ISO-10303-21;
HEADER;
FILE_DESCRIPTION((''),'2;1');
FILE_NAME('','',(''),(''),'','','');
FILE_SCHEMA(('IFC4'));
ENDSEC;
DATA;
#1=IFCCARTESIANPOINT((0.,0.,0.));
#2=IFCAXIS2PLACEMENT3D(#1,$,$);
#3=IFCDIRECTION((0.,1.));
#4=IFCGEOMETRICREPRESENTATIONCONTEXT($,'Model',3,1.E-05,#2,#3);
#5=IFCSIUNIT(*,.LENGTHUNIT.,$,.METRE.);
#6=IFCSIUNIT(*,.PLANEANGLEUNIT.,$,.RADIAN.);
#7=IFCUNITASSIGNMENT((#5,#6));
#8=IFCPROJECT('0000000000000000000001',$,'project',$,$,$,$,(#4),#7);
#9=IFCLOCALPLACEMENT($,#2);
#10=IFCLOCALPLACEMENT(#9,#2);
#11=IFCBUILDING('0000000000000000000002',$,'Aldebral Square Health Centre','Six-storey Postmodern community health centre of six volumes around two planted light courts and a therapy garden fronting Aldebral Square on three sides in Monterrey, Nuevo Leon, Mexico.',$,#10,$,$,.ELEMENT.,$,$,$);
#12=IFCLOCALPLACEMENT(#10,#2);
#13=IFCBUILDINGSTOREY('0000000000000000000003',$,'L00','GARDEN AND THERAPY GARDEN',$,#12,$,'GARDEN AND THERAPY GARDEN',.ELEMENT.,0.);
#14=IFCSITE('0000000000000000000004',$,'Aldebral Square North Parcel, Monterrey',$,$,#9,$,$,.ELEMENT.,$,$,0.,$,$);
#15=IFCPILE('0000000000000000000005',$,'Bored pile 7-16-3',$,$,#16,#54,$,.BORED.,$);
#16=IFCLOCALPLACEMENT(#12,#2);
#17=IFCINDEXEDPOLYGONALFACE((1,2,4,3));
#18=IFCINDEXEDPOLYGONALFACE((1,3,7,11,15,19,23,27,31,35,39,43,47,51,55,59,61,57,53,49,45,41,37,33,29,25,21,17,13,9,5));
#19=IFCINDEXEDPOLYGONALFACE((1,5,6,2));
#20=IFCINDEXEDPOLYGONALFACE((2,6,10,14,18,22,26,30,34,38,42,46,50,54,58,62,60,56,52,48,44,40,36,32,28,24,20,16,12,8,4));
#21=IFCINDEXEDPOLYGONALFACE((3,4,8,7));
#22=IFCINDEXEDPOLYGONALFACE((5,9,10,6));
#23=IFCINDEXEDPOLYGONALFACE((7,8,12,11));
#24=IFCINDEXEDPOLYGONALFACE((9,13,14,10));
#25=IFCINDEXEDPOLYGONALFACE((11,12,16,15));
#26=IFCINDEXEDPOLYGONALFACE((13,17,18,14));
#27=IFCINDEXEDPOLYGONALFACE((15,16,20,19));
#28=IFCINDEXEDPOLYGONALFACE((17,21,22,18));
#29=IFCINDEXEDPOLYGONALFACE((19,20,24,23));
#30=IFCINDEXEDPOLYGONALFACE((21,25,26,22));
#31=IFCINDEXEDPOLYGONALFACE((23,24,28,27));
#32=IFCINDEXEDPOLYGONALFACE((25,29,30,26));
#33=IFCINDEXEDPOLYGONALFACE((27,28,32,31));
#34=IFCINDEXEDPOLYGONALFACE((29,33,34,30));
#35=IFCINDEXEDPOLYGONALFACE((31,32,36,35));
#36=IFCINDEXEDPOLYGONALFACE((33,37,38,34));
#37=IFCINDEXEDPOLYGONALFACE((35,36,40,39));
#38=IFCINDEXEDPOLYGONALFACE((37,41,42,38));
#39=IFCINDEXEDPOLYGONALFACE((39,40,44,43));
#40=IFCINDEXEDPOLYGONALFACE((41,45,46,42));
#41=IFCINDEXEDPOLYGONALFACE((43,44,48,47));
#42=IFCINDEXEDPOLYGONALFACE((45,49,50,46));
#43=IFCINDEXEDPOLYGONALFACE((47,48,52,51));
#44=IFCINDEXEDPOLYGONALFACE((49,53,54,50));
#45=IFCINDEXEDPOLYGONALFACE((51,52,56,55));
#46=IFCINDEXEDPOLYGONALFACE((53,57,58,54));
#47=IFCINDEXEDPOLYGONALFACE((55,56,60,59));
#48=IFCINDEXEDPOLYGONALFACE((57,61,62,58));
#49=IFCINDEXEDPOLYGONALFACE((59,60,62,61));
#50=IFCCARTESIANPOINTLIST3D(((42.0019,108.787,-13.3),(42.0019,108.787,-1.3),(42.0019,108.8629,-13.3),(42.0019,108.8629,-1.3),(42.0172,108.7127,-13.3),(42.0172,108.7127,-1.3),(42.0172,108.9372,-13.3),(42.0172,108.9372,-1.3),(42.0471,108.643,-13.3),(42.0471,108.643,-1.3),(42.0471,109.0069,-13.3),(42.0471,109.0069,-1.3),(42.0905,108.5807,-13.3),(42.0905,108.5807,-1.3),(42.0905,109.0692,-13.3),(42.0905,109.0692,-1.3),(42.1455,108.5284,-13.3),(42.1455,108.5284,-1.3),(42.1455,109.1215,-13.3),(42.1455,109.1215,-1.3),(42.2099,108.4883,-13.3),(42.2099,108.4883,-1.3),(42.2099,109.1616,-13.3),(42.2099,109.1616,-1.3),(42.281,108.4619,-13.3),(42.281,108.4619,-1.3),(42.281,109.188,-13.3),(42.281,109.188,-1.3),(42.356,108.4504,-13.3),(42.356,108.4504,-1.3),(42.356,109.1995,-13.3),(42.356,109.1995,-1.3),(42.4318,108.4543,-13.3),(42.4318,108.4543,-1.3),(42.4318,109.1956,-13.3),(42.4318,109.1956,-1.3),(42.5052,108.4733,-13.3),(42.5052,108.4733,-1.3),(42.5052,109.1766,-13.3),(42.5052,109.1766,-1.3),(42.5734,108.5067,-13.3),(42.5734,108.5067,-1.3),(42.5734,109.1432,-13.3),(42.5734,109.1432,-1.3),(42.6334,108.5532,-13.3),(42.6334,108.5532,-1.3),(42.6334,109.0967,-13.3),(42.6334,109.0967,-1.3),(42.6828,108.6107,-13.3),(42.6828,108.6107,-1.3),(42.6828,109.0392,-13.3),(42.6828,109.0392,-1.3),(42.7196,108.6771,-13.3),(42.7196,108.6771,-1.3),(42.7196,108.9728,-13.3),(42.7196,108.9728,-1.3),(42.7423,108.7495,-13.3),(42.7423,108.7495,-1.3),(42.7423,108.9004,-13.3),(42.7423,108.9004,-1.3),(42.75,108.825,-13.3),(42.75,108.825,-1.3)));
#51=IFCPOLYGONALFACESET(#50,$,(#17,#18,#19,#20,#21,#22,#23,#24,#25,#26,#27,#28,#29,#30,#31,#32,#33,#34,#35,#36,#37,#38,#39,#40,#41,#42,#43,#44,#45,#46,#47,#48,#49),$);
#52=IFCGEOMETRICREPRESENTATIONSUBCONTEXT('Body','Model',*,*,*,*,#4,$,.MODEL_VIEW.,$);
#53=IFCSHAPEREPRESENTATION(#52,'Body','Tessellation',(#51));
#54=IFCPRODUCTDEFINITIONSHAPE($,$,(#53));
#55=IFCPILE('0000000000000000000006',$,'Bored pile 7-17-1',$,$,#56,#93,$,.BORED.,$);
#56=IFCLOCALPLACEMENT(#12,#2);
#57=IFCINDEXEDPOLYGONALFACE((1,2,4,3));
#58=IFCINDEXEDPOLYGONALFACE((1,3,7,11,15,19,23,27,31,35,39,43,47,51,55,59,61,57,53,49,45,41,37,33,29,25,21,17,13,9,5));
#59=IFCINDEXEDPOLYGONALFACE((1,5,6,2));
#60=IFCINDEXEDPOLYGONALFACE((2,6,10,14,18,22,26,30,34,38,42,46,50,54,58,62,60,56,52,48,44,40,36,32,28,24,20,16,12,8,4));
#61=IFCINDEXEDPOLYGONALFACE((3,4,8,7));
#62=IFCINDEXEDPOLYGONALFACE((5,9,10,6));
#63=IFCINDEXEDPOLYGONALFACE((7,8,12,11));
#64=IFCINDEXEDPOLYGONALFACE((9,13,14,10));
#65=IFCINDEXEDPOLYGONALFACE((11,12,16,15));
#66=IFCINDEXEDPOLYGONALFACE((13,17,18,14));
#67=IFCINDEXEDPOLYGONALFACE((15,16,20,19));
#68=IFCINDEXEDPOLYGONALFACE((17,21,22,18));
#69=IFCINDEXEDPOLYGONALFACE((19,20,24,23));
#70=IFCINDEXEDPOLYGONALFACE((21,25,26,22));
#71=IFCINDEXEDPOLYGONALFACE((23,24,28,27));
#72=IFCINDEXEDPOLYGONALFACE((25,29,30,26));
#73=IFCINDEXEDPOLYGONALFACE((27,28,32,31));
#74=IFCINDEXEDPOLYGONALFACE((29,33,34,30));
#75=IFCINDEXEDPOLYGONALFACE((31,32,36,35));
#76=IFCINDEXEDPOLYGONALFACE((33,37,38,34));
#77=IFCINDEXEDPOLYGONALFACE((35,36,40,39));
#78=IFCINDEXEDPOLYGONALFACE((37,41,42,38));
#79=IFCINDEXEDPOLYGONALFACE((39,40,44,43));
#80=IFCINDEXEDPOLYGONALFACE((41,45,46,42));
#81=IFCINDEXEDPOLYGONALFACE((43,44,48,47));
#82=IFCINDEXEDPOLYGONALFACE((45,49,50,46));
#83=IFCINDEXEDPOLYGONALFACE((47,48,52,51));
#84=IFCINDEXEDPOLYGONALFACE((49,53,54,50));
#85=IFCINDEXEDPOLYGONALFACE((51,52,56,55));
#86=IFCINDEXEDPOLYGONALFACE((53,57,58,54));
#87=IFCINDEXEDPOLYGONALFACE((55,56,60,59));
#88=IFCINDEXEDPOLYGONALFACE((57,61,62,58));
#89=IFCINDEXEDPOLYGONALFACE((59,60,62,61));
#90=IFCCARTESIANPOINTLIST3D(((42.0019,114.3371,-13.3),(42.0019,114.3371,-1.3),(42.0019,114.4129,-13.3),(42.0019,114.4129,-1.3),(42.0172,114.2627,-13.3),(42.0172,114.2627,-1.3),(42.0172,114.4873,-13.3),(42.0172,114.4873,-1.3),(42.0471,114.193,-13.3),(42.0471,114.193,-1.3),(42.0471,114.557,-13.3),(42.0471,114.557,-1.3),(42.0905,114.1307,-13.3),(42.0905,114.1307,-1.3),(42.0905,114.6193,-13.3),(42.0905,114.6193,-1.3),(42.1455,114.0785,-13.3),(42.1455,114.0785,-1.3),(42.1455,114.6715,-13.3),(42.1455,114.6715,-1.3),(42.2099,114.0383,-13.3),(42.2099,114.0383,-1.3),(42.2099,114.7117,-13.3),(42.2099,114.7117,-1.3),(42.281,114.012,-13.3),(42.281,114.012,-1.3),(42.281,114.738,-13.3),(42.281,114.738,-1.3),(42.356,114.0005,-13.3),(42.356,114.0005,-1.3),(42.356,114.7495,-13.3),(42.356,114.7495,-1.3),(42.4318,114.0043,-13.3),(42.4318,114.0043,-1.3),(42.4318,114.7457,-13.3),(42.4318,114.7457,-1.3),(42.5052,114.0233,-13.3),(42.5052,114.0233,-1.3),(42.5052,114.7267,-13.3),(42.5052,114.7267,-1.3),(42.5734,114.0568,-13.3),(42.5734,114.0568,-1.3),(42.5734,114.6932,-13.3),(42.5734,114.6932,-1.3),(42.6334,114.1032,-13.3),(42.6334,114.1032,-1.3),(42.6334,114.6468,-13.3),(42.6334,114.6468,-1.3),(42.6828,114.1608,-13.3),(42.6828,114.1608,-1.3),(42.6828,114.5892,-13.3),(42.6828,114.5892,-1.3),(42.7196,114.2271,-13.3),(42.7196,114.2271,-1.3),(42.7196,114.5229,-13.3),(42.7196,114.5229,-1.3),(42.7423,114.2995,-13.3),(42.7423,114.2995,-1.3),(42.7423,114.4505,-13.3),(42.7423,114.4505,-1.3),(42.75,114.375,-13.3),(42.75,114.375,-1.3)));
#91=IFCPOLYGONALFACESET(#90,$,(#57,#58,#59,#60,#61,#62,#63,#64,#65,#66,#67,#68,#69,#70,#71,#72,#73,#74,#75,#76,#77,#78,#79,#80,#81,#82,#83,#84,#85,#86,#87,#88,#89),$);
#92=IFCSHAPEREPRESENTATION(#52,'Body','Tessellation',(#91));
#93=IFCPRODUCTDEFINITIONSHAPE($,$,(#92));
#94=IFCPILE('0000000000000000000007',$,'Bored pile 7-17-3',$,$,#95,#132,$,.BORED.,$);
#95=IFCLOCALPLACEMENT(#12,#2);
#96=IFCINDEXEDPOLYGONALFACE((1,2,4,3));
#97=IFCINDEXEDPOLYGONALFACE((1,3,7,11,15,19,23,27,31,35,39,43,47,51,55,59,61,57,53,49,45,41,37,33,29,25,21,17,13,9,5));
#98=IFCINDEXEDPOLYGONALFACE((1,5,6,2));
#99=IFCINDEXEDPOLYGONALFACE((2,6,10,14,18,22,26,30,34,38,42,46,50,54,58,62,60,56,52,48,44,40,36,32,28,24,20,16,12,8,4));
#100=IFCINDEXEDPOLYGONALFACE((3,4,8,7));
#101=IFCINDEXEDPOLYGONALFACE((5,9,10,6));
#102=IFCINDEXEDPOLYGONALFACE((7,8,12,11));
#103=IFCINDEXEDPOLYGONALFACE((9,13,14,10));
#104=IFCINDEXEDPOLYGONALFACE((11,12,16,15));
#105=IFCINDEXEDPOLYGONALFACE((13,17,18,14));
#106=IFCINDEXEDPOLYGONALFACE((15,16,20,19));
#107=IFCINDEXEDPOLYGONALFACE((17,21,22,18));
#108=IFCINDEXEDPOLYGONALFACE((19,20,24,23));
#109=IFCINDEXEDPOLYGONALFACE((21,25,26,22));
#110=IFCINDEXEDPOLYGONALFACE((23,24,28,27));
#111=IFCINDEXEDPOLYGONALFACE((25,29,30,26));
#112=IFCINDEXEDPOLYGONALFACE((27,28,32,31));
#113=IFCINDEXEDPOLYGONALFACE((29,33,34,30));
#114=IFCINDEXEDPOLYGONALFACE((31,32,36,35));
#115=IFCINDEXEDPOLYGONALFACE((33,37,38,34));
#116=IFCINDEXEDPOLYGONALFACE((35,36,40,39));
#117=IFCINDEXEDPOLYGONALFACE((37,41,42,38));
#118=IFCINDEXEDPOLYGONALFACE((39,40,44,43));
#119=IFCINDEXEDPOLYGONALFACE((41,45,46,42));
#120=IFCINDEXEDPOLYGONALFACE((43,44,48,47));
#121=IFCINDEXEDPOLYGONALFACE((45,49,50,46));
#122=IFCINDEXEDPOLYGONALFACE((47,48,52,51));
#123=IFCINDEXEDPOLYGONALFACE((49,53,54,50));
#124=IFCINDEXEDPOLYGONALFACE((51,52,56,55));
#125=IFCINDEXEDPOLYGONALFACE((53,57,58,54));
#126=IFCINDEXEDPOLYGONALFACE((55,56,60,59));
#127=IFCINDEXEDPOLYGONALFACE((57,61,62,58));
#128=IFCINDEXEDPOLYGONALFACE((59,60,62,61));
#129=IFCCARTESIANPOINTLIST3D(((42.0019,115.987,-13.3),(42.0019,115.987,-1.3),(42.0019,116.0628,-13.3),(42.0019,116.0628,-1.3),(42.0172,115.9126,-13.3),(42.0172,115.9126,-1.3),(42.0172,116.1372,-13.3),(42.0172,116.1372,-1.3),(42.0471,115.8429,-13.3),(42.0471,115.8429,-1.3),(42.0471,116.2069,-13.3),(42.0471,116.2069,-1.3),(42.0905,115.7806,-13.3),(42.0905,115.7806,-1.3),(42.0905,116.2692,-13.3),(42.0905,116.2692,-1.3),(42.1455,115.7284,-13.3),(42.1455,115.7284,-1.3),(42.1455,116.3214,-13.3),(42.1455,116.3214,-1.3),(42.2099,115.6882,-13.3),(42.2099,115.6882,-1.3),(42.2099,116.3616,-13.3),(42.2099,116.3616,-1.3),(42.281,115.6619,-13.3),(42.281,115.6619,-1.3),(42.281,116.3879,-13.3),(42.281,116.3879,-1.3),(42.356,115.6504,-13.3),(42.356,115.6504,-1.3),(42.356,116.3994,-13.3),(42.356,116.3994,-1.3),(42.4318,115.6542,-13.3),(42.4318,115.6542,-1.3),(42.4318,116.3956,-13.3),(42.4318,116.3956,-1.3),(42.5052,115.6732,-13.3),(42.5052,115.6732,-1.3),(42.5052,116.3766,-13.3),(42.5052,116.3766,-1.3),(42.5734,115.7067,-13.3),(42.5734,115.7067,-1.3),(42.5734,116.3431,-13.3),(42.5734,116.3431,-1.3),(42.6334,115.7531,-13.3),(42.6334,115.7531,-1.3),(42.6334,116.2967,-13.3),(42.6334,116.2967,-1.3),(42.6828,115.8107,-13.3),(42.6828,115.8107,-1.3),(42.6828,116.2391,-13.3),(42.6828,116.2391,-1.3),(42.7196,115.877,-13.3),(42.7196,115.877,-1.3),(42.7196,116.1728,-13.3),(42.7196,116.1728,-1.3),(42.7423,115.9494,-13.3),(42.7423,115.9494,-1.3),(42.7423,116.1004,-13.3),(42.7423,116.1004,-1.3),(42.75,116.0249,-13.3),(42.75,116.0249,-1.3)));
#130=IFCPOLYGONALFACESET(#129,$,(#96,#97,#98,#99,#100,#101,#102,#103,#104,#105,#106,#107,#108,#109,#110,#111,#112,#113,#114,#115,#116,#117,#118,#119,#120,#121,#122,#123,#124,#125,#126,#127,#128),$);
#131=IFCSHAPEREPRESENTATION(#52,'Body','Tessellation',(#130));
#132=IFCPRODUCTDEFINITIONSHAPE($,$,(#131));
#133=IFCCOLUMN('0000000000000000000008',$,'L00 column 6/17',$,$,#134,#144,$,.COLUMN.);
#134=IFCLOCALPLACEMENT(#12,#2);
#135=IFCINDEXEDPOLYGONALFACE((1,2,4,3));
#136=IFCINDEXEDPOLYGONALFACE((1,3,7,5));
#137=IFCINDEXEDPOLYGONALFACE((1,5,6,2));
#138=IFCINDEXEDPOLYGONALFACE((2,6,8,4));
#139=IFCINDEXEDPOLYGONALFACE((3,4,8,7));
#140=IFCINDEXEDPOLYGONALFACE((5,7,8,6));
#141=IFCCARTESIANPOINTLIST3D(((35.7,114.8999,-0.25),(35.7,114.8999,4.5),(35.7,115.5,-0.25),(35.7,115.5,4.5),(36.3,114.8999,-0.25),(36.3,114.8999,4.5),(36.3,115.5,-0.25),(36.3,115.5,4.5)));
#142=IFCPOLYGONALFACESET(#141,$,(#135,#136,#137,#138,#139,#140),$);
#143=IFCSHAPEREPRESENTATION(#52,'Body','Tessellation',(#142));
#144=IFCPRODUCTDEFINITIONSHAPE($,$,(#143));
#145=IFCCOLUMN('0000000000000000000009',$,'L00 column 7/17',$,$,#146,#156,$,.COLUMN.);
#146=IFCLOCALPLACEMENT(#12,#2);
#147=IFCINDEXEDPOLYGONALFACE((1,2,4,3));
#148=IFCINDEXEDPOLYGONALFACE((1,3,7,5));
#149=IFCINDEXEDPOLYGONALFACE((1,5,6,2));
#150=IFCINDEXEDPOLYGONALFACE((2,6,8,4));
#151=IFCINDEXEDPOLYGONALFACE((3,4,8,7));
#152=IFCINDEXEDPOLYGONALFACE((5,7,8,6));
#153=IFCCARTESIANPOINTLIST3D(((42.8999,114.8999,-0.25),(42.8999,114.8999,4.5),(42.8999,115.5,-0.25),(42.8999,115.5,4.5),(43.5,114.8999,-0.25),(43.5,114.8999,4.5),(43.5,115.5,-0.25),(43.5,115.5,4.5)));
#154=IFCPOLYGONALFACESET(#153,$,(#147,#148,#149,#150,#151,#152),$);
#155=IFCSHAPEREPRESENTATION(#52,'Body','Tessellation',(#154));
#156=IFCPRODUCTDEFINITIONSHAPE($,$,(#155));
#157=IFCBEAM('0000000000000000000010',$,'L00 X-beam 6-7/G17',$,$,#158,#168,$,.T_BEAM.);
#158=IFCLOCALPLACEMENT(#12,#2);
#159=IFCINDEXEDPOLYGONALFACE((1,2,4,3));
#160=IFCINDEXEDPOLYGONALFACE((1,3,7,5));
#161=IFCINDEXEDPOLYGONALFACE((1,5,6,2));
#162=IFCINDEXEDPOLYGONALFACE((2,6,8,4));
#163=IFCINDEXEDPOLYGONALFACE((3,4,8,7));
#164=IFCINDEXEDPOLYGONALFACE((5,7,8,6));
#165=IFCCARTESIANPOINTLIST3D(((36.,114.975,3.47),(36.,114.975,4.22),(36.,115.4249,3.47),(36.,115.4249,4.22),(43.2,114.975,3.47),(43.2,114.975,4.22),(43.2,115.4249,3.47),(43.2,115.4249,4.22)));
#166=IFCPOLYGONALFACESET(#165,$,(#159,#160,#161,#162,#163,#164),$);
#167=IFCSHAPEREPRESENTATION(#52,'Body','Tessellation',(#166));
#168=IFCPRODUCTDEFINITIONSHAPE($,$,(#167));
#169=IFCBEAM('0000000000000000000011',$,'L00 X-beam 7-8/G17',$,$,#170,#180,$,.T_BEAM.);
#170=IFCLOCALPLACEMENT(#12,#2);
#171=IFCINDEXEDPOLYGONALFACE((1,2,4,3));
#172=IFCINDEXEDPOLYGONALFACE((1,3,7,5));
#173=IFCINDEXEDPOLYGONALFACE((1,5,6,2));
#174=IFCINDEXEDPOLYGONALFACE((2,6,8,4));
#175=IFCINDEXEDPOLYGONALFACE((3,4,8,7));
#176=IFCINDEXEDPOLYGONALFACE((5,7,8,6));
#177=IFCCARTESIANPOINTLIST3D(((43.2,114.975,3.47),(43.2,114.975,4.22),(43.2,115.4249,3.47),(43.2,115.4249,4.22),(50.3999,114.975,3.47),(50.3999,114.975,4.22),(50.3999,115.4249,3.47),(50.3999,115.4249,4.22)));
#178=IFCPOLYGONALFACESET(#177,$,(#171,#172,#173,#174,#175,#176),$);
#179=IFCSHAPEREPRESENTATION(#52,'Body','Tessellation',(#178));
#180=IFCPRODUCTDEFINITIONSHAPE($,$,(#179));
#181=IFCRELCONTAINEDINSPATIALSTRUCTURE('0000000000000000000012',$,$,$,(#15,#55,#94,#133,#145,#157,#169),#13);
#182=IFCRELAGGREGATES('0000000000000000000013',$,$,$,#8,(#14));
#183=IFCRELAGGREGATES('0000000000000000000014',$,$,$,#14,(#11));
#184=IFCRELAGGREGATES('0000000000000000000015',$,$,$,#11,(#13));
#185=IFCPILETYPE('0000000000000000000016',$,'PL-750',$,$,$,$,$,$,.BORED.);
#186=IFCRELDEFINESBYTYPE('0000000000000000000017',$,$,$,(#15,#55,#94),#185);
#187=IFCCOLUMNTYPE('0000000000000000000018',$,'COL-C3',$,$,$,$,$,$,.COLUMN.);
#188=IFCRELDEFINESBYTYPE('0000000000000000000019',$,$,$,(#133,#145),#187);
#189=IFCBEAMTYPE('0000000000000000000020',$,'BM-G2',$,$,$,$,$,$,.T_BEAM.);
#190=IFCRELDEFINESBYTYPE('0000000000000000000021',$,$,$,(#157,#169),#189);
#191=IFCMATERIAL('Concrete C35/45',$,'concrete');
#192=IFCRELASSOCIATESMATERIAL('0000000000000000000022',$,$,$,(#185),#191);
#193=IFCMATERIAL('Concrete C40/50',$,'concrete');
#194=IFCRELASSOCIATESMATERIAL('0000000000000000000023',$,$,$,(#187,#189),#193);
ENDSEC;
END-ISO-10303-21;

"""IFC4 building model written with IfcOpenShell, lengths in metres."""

from ifc_helpers import new_model, si_unit, direction, frame, origin, origin_2d, place, context, subcontext, project, spatial, rectangle, circle, extrude, material, material_profile, profile_set, type_object, element, save


model = new_model("IFC4")

# Units and contexts
model_context = context("Model", 3, precision=1e-05, world=origin(), true_north=direction((0.0, 1.0)))
body_context = subcontext(model_context, "Body", "Model", "MODEL_VIEW")
ifc_project = project(units=[si_unit("LENGTHUNIT", "METRE"), si_unit("PLANEANGLEUNIT", "RADIAN")], contexts=[model_context])

# Site, building, storey
site_placement = place(None, origin())
site = spatial("IfcSite", under=ifc_project, at=site_placement, Name="Aldebral Square North Parcel, Monterrey", CompositionType="ELEMENT", RefElevation=0.0)
building_placement = place(site_placement, origin())
building = spatial("IfcBuilding", under=site, at=building_placement, Name="Aldebral Square Health Centre", Description="Six-storey Postmodern community health centre of six volumes around two planted light courts and a therapy garden fronting Aldebral Square on three sides in Monterrey, Nuevo Leon, Mexico.", CompositionType="ELEMENT")
storey_placement = place(building_placement, origin())
storey = spatial("IfcBuildingStorey", under=building, at=storey_placement, Name="L00", Description="GARDEN AND THERAPY GARDEN", LongName="GARDEN AND THERAPY GARDEN", CompositionType="ELEMENT", Elevation=0.0)

# Shared definitions
ifc_material_1 = material(Name="Concrete C35/45", Category="concrete")

# Piles
ifc_material_profile_1 = material_profile(ifc_material_1, circle(Radius=0.375, at=origin_2d()), Name="PILE D750")
ifc_profile_set_1 = profile_set([ifc_material_profile_1], Name="Concrete C35/45")
pile_type = type_object("IfcPileType", Name="PL-750", PredefinedType="BORED", material=ifc_profile_set_1)
for number, where, z_axis, x_axis, name in (
    (1, (42.375, 108.825, -1.3), (0.0, 0.0, -1.0), (1.0, 0.0, 0.0), "Bored pile 7-16-3"),
    (2, (42.375, 114.375, -1.3), (0.0, 0.0, -1.0), (1.0, 0.0, 0.0), "Bored pile 7-17-1"),
    (3, (42.375, 116.0249, -1.3), (0.0, 0.0, -1.0), (1.0, 0.0, 0.0), "Bored pile 7-17-3"),
):
    element("IfcPile", number, at=place(storey_placement, frame(where, z_axis=z_axis, x_axis=x_axis)), inside=storey, type_object=pile_type, Name=name, PredefinedType="BORED", context=body_context, shape_type="SweptSolid", body=[
        extrude(circle(Radius=0.375, at=origin_2d()), origin(), (0.0, 0.0, 1.0), 12.0),
    ])

# Columns
ifc_material_2 = material(Name="Concrete C40/50", Category="concrete")
ifc_material_profile_2 = material_profile(ifc_material_2, rectangle(XDim=0.6001, YDim=0.6001, at=origin_2d()), Name="RC 600x600")
ifc_profile_set_2 = profile_set([ifc_material_profile_2], Name="Concrete C40/50")
column_type = type_object("IfcColumnType", Name="COL-C3", PredefinedType="COLUMN", material=ifc_profile_set_2)
for number, where, z_axis, x_axis, name in (
    (4, (36.0, 115.2, -0.25), (0.0, 0.0, 1.0), (1.0, 0.0, 0.0), "L00 column 6/17"),
    (5, (43.2, 115.2, -0.25), (0.0, 0.0, 1.0), (1.0, 0.0, 0.0), "L00 column 7/17"),
):
    element("IfcColumn", number, at=place(storey_placement, frame(where, z_axis=z_axis, x_axis=x_axis)), inside=storey, type_object=column_type, Name=name, PredefinedType="COLUMN", context=body_context, shape_type="SweptSolid", body=[
        extrude(rectangle(XDim=0.6001, YDim=0.6001, at=origin_2d()), origin(), (0.0, 0.0, 1.0), 4.75),
    ])

# Beams
ifc_material_profile_3 = material_profile(ifc_material_2, rectangle(XDim=0.45, YDim=0.75, at=origin_2d()), Name="RC 450x750")
ifc_profile_set_3 = profile_set([ifc_material_profile_3], Name="Concrete C40/50")
beam_type_1 = type_object("IfcBeamType", Name="BM-G2", PredefinedType="T_BEAM", material=ifc_profile_set_3)
for number, where, z_axis, x_axis, name in (
    (6, (36.0, 115.2, 3.845), (1.0, 0.0, 0.0), (0.0, 1.0, 0.0), "L00 X-beam 6-7/G17"),
    (7, (43.2, 115.2, 3.845), (1.0, 0.0, 0.0), (0.0, 1.0, 0.0), "L00 X-beam 7-8/G17"),
):
    element("IfcBeam", number, at=place(storey_placement, frame(where, z_axis=z_axis, x_axis=x_axis)), inside=storey, type_object=beam_type_1, Name=name, PredefinedType="T_BEAM", context=body_context, shape_type="SweptSolid", body=[
        extrude(rectangle(XDim=0.45, YDim=0.75, at=origin_2d()), origin(), (0.0, 0.0, 1.0), 7.2),
    ])

save(model, "model.ifc")
